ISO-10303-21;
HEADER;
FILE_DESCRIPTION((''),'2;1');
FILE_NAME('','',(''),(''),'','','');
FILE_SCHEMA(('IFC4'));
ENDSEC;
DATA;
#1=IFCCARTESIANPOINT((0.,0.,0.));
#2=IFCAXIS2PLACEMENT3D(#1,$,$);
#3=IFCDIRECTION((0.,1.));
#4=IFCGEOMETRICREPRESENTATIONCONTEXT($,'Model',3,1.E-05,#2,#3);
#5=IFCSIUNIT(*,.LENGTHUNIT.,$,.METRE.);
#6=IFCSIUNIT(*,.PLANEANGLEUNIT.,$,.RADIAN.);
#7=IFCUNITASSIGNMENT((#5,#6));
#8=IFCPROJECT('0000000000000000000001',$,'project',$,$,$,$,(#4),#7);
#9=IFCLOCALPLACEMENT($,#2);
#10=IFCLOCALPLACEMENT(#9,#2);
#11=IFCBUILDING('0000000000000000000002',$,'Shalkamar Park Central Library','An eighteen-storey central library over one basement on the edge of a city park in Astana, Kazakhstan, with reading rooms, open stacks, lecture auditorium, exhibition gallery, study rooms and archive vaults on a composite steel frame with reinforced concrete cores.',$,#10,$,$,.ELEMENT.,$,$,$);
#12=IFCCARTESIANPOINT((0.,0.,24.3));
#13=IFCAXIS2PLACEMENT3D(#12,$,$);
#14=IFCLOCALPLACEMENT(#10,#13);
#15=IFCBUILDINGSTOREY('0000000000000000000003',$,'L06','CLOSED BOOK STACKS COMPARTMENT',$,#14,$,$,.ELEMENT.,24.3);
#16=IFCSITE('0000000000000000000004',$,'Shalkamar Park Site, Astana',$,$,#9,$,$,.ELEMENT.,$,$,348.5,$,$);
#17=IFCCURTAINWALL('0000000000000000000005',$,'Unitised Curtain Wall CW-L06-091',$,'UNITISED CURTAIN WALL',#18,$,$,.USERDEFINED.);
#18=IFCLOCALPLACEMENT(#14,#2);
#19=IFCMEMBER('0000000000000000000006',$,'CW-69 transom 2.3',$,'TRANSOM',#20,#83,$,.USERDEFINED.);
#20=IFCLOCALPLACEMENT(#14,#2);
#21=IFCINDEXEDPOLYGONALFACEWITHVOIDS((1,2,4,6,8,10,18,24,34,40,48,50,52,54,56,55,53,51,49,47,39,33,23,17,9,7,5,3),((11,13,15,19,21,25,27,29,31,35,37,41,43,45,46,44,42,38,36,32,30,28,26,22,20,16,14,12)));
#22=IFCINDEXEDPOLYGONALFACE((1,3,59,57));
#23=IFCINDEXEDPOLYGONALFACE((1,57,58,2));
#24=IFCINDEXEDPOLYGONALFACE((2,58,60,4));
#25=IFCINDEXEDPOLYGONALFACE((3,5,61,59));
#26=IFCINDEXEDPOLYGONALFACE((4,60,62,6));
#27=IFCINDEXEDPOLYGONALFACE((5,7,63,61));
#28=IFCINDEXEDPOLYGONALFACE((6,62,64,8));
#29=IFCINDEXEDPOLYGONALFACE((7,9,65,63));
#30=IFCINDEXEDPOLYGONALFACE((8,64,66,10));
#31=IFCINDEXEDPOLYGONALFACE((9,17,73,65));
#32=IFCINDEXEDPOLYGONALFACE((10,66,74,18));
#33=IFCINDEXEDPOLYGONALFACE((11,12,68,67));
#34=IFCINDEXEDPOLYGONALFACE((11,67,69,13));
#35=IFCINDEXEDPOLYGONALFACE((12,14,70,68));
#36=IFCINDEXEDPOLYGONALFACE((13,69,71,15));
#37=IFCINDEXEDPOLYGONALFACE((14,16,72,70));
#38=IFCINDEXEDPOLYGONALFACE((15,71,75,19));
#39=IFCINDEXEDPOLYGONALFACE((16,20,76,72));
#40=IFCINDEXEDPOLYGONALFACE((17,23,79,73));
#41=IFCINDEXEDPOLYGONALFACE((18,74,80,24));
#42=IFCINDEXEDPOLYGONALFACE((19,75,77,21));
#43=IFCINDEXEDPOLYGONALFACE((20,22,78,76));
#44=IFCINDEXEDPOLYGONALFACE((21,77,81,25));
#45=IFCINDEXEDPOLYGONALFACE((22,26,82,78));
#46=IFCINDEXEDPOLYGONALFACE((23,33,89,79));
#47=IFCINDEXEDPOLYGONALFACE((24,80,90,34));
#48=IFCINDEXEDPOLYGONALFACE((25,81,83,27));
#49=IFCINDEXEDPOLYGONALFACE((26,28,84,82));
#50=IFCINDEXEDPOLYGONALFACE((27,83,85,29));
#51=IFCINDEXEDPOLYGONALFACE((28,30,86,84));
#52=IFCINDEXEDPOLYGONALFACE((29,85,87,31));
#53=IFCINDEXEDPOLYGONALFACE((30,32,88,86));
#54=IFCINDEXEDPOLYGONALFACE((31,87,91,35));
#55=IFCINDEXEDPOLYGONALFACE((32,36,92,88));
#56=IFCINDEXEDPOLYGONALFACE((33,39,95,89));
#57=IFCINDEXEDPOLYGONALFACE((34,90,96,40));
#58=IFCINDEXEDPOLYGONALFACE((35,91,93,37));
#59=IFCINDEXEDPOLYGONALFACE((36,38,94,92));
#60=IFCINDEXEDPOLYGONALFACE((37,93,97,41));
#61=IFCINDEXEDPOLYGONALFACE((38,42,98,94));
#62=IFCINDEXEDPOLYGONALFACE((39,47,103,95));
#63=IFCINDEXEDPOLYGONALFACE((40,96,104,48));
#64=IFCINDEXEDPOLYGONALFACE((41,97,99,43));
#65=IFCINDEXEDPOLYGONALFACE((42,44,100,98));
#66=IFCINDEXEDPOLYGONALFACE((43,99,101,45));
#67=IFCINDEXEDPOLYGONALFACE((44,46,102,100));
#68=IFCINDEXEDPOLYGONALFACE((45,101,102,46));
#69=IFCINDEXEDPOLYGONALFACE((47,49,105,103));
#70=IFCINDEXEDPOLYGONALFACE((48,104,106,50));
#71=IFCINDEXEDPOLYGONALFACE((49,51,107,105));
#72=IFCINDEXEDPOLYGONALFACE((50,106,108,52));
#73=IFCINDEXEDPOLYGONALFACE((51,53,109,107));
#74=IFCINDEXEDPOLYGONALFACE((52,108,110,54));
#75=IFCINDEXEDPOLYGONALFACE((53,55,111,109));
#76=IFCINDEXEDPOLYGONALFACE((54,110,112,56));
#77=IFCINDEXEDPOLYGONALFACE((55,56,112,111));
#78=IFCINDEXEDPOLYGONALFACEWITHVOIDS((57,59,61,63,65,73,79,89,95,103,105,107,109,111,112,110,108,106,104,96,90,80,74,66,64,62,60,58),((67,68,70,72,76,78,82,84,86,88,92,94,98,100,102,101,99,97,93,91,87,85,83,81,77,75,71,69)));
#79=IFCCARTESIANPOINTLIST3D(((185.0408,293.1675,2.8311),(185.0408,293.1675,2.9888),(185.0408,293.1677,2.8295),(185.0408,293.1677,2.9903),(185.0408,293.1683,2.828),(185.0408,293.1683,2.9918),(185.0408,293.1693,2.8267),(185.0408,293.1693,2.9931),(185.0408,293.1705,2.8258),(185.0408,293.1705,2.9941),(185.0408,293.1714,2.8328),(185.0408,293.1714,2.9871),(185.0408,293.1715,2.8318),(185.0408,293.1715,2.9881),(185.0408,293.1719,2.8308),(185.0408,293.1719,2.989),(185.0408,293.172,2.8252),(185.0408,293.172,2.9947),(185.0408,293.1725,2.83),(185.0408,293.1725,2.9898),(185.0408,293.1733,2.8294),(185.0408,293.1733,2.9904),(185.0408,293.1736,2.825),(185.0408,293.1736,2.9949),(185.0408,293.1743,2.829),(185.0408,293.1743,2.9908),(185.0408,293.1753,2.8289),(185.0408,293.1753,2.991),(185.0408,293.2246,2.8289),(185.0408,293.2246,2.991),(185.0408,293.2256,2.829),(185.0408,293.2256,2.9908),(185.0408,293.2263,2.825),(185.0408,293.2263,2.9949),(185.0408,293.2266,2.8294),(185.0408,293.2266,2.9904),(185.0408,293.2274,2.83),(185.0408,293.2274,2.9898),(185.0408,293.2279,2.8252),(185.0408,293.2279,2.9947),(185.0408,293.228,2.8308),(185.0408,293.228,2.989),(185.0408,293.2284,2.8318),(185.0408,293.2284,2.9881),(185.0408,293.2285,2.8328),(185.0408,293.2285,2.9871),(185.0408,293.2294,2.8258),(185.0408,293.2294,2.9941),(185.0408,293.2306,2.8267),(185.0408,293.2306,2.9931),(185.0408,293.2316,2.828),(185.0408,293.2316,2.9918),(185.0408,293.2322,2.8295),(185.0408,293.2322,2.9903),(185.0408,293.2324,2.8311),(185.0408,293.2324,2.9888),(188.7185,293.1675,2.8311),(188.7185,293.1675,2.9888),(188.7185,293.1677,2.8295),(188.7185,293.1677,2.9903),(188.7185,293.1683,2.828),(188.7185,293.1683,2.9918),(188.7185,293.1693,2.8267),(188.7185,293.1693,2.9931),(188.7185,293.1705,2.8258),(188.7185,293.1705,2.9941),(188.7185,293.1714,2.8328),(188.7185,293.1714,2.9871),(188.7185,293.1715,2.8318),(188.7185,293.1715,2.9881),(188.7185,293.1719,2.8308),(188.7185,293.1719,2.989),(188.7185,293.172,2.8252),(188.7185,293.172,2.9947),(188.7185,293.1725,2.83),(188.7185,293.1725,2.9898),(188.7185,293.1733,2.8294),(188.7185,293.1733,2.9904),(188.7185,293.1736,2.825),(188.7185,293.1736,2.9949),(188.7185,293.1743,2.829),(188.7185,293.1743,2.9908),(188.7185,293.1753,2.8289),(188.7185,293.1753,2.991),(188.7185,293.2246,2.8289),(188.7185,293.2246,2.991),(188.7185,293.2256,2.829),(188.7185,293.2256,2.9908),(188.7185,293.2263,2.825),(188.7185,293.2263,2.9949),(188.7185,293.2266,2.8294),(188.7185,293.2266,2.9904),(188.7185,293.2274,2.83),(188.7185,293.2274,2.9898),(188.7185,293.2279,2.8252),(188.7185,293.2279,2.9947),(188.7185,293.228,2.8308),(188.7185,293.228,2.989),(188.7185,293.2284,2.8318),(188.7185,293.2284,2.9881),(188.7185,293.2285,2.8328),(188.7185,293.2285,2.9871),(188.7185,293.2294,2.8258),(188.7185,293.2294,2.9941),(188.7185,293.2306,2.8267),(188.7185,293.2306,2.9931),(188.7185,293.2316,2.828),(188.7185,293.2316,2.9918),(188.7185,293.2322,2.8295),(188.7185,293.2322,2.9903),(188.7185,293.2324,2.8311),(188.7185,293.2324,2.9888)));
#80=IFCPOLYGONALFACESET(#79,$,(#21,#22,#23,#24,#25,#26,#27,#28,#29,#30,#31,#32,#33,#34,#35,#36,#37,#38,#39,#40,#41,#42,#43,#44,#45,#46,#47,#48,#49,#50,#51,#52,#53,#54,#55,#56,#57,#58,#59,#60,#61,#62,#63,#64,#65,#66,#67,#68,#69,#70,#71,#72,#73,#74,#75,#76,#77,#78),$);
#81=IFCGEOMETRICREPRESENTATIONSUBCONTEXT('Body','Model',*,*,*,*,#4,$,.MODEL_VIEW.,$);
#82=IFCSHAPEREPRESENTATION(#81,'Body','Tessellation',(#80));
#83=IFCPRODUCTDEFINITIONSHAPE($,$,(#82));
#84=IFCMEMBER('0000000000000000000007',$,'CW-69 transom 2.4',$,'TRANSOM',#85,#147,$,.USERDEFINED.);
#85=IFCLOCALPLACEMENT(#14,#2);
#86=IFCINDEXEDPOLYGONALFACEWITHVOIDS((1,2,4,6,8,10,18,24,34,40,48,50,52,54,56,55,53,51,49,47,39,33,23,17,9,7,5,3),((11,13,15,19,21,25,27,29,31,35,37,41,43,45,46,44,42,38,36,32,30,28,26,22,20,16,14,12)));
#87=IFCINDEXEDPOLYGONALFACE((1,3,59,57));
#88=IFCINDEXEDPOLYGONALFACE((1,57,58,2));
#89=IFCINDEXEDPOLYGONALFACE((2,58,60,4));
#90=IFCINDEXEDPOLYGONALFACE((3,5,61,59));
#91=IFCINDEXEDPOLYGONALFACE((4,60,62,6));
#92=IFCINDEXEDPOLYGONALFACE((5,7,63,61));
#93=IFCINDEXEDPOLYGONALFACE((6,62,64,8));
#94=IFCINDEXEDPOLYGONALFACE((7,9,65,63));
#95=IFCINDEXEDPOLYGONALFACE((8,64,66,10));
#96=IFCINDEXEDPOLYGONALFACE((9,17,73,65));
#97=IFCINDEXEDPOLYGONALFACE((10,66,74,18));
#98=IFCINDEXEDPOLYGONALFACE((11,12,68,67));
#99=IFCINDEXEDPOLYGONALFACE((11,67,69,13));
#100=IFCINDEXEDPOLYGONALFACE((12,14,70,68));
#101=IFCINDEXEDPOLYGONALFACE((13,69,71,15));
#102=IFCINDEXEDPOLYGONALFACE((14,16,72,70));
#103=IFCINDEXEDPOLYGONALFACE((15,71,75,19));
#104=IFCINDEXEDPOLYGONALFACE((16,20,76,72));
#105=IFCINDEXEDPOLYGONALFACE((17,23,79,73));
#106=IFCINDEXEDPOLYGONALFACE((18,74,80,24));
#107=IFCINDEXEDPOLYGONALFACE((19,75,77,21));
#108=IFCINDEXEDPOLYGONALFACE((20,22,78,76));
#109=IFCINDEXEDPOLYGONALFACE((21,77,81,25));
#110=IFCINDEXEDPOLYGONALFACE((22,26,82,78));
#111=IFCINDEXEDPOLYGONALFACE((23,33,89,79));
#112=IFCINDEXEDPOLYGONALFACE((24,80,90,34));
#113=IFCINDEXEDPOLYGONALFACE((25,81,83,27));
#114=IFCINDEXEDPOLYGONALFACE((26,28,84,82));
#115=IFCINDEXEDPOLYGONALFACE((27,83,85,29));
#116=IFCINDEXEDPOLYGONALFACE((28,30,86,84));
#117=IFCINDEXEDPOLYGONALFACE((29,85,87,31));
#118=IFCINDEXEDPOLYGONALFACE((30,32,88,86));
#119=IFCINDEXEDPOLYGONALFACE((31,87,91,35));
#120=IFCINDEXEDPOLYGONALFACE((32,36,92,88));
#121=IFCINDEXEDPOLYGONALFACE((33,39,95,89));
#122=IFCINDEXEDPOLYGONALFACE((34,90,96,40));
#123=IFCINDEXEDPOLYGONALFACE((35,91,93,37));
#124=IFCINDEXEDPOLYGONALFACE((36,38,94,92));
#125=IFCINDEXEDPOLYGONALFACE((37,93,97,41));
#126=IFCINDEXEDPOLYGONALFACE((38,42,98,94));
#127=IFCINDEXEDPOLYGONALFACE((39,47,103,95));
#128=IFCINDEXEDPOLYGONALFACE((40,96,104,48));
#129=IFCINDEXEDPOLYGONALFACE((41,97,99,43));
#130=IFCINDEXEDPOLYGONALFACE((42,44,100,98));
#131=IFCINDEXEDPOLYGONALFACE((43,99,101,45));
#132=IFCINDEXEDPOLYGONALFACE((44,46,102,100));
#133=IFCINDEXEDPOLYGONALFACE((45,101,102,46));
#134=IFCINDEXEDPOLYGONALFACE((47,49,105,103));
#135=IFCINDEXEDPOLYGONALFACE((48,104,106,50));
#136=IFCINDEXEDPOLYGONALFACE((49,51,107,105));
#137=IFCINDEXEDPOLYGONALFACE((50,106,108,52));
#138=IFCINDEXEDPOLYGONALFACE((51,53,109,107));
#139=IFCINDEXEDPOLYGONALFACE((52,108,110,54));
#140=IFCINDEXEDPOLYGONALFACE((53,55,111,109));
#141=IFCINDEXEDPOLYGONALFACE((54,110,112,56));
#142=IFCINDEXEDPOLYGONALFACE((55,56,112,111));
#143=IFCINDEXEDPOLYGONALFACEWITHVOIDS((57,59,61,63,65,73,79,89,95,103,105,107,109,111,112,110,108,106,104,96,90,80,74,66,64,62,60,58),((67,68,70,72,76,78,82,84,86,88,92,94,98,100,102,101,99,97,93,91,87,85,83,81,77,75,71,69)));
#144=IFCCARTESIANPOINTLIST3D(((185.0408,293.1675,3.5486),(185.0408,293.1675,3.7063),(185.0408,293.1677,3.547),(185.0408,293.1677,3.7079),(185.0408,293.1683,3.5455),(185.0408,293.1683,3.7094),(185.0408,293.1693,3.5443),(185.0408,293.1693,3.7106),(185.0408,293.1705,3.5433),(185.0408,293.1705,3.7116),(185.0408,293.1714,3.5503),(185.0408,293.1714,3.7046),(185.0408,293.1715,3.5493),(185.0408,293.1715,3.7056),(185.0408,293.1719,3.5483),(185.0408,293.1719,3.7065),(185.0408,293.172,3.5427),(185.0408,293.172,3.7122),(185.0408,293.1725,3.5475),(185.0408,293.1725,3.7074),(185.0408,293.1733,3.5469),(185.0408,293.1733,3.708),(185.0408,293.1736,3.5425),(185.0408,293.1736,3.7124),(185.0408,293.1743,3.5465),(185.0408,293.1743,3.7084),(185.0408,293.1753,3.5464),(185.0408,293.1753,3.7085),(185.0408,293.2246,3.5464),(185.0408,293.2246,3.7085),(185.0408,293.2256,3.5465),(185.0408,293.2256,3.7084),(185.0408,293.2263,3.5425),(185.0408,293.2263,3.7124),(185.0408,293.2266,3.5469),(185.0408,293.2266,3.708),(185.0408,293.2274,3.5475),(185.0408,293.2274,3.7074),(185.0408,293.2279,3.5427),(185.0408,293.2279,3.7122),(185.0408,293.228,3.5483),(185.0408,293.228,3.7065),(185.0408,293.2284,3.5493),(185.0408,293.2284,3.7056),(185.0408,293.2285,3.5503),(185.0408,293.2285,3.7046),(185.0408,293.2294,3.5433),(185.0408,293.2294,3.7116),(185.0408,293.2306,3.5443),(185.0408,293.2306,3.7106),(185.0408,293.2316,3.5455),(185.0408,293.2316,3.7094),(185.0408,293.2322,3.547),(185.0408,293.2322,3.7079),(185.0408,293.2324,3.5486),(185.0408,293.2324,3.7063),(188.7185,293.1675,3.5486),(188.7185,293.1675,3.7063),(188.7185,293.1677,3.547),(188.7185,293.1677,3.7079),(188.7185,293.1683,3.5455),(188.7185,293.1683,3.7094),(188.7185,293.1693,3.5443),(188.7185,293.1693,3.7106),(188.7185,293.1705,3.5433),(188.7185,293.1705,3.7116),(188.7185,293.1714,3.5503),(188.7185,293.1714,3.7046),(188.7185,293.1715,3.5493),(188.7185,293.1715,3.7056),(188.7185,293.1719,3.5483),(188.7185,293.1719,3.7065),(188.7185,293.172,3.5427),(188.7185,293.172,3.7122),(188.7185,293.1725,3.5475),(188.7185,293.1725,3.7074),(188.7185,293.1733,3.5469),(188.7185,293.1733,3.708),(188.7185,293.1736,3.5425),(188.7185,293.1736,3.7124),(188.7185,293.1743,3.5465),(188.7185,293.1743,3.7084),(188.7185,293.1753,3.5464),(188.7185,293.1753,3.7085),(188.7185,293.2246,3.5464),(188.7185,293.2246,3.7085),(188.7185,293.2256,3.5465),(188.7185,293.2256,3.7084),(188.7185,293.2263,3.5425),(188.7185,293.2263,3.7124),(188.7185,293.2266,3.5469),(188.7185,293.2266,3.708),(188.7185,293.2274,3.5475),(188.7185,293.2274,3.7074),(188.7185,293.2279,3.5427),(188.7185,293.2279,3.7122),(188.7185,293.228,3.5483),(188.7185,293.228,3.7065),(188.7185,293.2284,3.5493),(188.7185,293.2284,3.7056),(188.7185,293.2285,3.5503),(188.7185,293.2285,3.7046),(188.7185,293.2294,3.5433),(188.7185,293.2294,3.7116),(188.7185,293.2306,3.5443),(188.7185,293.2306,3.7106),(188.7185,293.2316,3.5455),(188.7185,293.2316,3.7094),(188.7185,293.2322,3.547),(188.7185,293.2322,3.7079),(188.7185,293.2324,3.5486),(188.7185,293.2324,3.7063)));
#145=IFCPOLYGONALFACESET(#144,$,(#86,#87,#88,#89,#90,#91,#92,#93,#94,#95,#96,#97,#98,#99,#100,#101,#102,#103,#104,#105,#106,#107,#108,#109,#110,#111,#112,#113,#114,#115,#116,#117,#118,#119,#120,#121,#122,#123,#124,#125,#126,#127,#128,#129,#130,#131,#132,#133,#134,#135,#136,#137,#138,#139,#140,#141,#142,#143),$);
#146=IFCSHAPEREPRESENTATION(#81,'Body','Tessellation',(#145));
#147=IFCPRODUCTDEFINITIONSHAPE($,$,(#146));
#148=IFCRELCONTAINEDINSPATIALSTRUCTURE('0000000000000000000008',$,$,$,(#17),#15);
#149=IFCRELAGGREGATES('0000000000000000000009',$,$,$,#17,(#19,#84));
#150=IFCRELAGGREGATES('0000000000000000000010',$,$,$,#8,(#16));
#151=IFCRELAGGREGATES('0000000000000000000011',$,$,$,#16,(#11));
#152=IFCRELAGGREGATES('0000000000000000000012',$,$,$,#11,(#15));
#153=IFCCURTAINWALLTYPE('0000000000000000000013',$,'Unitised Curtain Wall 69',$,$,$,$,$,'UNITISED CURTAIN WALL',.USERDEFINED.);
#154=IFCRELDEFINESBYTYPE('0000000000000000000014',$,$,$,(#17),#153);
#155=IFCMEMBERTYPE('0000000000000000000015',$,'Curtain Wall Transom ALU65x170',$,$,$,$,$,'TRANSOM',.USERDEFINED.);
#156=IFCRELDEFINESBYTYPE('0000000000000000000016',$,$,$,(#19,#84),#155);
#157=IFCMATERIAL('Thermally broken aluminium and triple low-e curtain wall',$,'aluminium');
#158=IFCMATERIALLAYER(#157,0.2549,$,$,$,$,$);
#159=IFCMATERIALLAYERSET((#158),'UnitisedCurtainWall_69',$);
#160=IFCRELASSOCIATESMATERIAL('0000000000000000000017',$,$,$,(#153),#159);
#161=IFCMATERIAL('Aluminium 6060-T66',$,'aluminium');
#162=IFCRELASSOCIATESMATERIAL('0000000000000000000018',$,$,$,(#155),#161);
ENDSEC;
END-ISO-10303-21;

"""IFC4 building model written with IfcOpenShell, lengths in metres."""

from ifc_helpers import new_model, si_unit, direction, frame, origin, origin_2d, place, context, subcontext, project, spatial, hollow_rectangle, extrude, material, layer, layer_set, material_profile, profile_set, type_object, element, aggregate, save


model = new_model("IFC4")

# Units and contexts
model_context = context("Model", 3, precision=1e-05, world=origin(), true_north=direction((0.0, 1.0)))
body_context = subcontext(model_context, "Body", "Model", "MODEL_VIEW")
ifc_project = project(units=[si_unit("LENGTHUNIT", "METRE"), si_unit("PLANEANGLEUNIT", "RADIAN")], contexts=[model_context])

# Site, building, storey
site_placement = place(None, origin())
site = spatial("IfcSite", under=ifc_project, at=site_placement, Name="Shalkamar Park Site, Astana", CompositionType="ELEMENT", RefElevation=348.5)
building_placement = place(site_placement, origin())
building = spatial("IfcBuilding", under=site, at=building_placement, Name="Shalkamar Park Central Library", Description="An eighteen-storey central library over one basement on the edge of a city park in Astana, Kazakhstan, with reading rooms, open stacks, lecture auditorium, exhibition gallery, study rooms and archive vaults on a composite steel frame with reinforced concrete cores.", CompositionType="ELEMENT")
storey_placement = place(building_placement, frame((0.0, 0.0, 24.3)))
storey = spatial("IfcBuildingStorey", under=building, at=storey_placement, Name="L06", Description="CLOSED BOOK STACKS COMPARTMENT", CompositionType="ELEMENT", Elevation=24.3)

# Curtain wall
ifc_material_1 = material(Name="Thermally broken aluminium and triple low-e curtain wall", Category="aluminium")
ifc_layer_1 = layer(ifc_material_1, 0.2549)
ifc_layer_set_1 = layer_set([ifc_layer_1], Name="UnitisedCurtainWall_69")
curtain_wall_type_1 = type_object("IfcCurtainWallType", Name="Unitised Curtain Wall 69", ElementType="UNITISED CURTAIN WALL", PredefinedType="USERDEFINED", material=ifc_layer_set_1)
curtain_wall_1_placement = place(storey_placement, origin())
curtain_wall_1 = element("IfcCurtainWall", 1, at=curtain_wall_1_placement, inside=storey, type_object=curtain_wall_type_1, Name="Unitised Curtain Wall CW-L06-091", ObjectType="UNITISED CURTAIN WALL", PredefinedType="USERDEFINED")
ifc_material_2 = material(Name="Aluminium 6060-T66", Category="aluminium")

# Members
ifc_material_profile_1 = material_profile(ifc_material_2, hollow_rectangle(XDim=0.0649, YDim=0.1699, WallThickness=0.0039, InnerFilletRadius=0.0039, OuterFilletRadius=0.0061, at=origin_2d()), Name="ALU 65x170x4")
ifc_profile_set_1 = profile_set([ifc_material_profile_1], Name="Aluminium 6060-T66")
member_type_1 = type_object("IfcMemberType", Name="Curtain Wall Transom ALU65x170", ElementType="TRANSOM", PredefinedType="USERDEFINED", material=ifc_profile_set_1)
member_1_placement = place(storey_placement, frame((185.0408, 293.2, 2.9099), z_axis=(1.0, 0.0, 0.0), x_axis=(0.0, 1.0, 0.0)))
member_1 = element("IfcMember", 2, at=member_1_placement, type_object=member_type_1, Name="CW-69 transom 2.3", ObjectType="TRANSOM", PredefinedType="USERDEFINED", context=body_context, shape_type="SweptSolid", body=[
    extrude(hollow_rectangle(XDim=0.0649, YDim=0.1699, WallThickness=0.0039, InnerFilletRadius=0.0039, OuterFilletRadius=0.0061, at=origin_2d()), origin(), (0.0, 0.0, 1.0), 3.6777),
])
member_2_placement = place(storey_placement, frame((185.0408, 293.2, 3.6274), z_axis=(1.0, 0.0, 0.0), x_axis=(0.0, 1.0, 0.0)))
member_2 = element("IfcMember", 3, at=member_2_placement, type_object=member_type_1, Name="CW-69 transom 2.4", ObjectType="TRANSOM", PredefinedType="USERDEFINED", context=body_context, shape_type="SweptSolid", body=[
    extrude(hollow_rectangle(XDim=0.0649, YDim=0.1699, WallThickness=0.0039, InnerFilletRadius=0.0039, OuterFilletRadius=0.0061, at=origin_2d()), origin(), (0.0, 0.0, 1.0), 3.6777),
])

aggregate(curtain_wall_1, [member_1, member_2])

save(model, "model.ifc")
